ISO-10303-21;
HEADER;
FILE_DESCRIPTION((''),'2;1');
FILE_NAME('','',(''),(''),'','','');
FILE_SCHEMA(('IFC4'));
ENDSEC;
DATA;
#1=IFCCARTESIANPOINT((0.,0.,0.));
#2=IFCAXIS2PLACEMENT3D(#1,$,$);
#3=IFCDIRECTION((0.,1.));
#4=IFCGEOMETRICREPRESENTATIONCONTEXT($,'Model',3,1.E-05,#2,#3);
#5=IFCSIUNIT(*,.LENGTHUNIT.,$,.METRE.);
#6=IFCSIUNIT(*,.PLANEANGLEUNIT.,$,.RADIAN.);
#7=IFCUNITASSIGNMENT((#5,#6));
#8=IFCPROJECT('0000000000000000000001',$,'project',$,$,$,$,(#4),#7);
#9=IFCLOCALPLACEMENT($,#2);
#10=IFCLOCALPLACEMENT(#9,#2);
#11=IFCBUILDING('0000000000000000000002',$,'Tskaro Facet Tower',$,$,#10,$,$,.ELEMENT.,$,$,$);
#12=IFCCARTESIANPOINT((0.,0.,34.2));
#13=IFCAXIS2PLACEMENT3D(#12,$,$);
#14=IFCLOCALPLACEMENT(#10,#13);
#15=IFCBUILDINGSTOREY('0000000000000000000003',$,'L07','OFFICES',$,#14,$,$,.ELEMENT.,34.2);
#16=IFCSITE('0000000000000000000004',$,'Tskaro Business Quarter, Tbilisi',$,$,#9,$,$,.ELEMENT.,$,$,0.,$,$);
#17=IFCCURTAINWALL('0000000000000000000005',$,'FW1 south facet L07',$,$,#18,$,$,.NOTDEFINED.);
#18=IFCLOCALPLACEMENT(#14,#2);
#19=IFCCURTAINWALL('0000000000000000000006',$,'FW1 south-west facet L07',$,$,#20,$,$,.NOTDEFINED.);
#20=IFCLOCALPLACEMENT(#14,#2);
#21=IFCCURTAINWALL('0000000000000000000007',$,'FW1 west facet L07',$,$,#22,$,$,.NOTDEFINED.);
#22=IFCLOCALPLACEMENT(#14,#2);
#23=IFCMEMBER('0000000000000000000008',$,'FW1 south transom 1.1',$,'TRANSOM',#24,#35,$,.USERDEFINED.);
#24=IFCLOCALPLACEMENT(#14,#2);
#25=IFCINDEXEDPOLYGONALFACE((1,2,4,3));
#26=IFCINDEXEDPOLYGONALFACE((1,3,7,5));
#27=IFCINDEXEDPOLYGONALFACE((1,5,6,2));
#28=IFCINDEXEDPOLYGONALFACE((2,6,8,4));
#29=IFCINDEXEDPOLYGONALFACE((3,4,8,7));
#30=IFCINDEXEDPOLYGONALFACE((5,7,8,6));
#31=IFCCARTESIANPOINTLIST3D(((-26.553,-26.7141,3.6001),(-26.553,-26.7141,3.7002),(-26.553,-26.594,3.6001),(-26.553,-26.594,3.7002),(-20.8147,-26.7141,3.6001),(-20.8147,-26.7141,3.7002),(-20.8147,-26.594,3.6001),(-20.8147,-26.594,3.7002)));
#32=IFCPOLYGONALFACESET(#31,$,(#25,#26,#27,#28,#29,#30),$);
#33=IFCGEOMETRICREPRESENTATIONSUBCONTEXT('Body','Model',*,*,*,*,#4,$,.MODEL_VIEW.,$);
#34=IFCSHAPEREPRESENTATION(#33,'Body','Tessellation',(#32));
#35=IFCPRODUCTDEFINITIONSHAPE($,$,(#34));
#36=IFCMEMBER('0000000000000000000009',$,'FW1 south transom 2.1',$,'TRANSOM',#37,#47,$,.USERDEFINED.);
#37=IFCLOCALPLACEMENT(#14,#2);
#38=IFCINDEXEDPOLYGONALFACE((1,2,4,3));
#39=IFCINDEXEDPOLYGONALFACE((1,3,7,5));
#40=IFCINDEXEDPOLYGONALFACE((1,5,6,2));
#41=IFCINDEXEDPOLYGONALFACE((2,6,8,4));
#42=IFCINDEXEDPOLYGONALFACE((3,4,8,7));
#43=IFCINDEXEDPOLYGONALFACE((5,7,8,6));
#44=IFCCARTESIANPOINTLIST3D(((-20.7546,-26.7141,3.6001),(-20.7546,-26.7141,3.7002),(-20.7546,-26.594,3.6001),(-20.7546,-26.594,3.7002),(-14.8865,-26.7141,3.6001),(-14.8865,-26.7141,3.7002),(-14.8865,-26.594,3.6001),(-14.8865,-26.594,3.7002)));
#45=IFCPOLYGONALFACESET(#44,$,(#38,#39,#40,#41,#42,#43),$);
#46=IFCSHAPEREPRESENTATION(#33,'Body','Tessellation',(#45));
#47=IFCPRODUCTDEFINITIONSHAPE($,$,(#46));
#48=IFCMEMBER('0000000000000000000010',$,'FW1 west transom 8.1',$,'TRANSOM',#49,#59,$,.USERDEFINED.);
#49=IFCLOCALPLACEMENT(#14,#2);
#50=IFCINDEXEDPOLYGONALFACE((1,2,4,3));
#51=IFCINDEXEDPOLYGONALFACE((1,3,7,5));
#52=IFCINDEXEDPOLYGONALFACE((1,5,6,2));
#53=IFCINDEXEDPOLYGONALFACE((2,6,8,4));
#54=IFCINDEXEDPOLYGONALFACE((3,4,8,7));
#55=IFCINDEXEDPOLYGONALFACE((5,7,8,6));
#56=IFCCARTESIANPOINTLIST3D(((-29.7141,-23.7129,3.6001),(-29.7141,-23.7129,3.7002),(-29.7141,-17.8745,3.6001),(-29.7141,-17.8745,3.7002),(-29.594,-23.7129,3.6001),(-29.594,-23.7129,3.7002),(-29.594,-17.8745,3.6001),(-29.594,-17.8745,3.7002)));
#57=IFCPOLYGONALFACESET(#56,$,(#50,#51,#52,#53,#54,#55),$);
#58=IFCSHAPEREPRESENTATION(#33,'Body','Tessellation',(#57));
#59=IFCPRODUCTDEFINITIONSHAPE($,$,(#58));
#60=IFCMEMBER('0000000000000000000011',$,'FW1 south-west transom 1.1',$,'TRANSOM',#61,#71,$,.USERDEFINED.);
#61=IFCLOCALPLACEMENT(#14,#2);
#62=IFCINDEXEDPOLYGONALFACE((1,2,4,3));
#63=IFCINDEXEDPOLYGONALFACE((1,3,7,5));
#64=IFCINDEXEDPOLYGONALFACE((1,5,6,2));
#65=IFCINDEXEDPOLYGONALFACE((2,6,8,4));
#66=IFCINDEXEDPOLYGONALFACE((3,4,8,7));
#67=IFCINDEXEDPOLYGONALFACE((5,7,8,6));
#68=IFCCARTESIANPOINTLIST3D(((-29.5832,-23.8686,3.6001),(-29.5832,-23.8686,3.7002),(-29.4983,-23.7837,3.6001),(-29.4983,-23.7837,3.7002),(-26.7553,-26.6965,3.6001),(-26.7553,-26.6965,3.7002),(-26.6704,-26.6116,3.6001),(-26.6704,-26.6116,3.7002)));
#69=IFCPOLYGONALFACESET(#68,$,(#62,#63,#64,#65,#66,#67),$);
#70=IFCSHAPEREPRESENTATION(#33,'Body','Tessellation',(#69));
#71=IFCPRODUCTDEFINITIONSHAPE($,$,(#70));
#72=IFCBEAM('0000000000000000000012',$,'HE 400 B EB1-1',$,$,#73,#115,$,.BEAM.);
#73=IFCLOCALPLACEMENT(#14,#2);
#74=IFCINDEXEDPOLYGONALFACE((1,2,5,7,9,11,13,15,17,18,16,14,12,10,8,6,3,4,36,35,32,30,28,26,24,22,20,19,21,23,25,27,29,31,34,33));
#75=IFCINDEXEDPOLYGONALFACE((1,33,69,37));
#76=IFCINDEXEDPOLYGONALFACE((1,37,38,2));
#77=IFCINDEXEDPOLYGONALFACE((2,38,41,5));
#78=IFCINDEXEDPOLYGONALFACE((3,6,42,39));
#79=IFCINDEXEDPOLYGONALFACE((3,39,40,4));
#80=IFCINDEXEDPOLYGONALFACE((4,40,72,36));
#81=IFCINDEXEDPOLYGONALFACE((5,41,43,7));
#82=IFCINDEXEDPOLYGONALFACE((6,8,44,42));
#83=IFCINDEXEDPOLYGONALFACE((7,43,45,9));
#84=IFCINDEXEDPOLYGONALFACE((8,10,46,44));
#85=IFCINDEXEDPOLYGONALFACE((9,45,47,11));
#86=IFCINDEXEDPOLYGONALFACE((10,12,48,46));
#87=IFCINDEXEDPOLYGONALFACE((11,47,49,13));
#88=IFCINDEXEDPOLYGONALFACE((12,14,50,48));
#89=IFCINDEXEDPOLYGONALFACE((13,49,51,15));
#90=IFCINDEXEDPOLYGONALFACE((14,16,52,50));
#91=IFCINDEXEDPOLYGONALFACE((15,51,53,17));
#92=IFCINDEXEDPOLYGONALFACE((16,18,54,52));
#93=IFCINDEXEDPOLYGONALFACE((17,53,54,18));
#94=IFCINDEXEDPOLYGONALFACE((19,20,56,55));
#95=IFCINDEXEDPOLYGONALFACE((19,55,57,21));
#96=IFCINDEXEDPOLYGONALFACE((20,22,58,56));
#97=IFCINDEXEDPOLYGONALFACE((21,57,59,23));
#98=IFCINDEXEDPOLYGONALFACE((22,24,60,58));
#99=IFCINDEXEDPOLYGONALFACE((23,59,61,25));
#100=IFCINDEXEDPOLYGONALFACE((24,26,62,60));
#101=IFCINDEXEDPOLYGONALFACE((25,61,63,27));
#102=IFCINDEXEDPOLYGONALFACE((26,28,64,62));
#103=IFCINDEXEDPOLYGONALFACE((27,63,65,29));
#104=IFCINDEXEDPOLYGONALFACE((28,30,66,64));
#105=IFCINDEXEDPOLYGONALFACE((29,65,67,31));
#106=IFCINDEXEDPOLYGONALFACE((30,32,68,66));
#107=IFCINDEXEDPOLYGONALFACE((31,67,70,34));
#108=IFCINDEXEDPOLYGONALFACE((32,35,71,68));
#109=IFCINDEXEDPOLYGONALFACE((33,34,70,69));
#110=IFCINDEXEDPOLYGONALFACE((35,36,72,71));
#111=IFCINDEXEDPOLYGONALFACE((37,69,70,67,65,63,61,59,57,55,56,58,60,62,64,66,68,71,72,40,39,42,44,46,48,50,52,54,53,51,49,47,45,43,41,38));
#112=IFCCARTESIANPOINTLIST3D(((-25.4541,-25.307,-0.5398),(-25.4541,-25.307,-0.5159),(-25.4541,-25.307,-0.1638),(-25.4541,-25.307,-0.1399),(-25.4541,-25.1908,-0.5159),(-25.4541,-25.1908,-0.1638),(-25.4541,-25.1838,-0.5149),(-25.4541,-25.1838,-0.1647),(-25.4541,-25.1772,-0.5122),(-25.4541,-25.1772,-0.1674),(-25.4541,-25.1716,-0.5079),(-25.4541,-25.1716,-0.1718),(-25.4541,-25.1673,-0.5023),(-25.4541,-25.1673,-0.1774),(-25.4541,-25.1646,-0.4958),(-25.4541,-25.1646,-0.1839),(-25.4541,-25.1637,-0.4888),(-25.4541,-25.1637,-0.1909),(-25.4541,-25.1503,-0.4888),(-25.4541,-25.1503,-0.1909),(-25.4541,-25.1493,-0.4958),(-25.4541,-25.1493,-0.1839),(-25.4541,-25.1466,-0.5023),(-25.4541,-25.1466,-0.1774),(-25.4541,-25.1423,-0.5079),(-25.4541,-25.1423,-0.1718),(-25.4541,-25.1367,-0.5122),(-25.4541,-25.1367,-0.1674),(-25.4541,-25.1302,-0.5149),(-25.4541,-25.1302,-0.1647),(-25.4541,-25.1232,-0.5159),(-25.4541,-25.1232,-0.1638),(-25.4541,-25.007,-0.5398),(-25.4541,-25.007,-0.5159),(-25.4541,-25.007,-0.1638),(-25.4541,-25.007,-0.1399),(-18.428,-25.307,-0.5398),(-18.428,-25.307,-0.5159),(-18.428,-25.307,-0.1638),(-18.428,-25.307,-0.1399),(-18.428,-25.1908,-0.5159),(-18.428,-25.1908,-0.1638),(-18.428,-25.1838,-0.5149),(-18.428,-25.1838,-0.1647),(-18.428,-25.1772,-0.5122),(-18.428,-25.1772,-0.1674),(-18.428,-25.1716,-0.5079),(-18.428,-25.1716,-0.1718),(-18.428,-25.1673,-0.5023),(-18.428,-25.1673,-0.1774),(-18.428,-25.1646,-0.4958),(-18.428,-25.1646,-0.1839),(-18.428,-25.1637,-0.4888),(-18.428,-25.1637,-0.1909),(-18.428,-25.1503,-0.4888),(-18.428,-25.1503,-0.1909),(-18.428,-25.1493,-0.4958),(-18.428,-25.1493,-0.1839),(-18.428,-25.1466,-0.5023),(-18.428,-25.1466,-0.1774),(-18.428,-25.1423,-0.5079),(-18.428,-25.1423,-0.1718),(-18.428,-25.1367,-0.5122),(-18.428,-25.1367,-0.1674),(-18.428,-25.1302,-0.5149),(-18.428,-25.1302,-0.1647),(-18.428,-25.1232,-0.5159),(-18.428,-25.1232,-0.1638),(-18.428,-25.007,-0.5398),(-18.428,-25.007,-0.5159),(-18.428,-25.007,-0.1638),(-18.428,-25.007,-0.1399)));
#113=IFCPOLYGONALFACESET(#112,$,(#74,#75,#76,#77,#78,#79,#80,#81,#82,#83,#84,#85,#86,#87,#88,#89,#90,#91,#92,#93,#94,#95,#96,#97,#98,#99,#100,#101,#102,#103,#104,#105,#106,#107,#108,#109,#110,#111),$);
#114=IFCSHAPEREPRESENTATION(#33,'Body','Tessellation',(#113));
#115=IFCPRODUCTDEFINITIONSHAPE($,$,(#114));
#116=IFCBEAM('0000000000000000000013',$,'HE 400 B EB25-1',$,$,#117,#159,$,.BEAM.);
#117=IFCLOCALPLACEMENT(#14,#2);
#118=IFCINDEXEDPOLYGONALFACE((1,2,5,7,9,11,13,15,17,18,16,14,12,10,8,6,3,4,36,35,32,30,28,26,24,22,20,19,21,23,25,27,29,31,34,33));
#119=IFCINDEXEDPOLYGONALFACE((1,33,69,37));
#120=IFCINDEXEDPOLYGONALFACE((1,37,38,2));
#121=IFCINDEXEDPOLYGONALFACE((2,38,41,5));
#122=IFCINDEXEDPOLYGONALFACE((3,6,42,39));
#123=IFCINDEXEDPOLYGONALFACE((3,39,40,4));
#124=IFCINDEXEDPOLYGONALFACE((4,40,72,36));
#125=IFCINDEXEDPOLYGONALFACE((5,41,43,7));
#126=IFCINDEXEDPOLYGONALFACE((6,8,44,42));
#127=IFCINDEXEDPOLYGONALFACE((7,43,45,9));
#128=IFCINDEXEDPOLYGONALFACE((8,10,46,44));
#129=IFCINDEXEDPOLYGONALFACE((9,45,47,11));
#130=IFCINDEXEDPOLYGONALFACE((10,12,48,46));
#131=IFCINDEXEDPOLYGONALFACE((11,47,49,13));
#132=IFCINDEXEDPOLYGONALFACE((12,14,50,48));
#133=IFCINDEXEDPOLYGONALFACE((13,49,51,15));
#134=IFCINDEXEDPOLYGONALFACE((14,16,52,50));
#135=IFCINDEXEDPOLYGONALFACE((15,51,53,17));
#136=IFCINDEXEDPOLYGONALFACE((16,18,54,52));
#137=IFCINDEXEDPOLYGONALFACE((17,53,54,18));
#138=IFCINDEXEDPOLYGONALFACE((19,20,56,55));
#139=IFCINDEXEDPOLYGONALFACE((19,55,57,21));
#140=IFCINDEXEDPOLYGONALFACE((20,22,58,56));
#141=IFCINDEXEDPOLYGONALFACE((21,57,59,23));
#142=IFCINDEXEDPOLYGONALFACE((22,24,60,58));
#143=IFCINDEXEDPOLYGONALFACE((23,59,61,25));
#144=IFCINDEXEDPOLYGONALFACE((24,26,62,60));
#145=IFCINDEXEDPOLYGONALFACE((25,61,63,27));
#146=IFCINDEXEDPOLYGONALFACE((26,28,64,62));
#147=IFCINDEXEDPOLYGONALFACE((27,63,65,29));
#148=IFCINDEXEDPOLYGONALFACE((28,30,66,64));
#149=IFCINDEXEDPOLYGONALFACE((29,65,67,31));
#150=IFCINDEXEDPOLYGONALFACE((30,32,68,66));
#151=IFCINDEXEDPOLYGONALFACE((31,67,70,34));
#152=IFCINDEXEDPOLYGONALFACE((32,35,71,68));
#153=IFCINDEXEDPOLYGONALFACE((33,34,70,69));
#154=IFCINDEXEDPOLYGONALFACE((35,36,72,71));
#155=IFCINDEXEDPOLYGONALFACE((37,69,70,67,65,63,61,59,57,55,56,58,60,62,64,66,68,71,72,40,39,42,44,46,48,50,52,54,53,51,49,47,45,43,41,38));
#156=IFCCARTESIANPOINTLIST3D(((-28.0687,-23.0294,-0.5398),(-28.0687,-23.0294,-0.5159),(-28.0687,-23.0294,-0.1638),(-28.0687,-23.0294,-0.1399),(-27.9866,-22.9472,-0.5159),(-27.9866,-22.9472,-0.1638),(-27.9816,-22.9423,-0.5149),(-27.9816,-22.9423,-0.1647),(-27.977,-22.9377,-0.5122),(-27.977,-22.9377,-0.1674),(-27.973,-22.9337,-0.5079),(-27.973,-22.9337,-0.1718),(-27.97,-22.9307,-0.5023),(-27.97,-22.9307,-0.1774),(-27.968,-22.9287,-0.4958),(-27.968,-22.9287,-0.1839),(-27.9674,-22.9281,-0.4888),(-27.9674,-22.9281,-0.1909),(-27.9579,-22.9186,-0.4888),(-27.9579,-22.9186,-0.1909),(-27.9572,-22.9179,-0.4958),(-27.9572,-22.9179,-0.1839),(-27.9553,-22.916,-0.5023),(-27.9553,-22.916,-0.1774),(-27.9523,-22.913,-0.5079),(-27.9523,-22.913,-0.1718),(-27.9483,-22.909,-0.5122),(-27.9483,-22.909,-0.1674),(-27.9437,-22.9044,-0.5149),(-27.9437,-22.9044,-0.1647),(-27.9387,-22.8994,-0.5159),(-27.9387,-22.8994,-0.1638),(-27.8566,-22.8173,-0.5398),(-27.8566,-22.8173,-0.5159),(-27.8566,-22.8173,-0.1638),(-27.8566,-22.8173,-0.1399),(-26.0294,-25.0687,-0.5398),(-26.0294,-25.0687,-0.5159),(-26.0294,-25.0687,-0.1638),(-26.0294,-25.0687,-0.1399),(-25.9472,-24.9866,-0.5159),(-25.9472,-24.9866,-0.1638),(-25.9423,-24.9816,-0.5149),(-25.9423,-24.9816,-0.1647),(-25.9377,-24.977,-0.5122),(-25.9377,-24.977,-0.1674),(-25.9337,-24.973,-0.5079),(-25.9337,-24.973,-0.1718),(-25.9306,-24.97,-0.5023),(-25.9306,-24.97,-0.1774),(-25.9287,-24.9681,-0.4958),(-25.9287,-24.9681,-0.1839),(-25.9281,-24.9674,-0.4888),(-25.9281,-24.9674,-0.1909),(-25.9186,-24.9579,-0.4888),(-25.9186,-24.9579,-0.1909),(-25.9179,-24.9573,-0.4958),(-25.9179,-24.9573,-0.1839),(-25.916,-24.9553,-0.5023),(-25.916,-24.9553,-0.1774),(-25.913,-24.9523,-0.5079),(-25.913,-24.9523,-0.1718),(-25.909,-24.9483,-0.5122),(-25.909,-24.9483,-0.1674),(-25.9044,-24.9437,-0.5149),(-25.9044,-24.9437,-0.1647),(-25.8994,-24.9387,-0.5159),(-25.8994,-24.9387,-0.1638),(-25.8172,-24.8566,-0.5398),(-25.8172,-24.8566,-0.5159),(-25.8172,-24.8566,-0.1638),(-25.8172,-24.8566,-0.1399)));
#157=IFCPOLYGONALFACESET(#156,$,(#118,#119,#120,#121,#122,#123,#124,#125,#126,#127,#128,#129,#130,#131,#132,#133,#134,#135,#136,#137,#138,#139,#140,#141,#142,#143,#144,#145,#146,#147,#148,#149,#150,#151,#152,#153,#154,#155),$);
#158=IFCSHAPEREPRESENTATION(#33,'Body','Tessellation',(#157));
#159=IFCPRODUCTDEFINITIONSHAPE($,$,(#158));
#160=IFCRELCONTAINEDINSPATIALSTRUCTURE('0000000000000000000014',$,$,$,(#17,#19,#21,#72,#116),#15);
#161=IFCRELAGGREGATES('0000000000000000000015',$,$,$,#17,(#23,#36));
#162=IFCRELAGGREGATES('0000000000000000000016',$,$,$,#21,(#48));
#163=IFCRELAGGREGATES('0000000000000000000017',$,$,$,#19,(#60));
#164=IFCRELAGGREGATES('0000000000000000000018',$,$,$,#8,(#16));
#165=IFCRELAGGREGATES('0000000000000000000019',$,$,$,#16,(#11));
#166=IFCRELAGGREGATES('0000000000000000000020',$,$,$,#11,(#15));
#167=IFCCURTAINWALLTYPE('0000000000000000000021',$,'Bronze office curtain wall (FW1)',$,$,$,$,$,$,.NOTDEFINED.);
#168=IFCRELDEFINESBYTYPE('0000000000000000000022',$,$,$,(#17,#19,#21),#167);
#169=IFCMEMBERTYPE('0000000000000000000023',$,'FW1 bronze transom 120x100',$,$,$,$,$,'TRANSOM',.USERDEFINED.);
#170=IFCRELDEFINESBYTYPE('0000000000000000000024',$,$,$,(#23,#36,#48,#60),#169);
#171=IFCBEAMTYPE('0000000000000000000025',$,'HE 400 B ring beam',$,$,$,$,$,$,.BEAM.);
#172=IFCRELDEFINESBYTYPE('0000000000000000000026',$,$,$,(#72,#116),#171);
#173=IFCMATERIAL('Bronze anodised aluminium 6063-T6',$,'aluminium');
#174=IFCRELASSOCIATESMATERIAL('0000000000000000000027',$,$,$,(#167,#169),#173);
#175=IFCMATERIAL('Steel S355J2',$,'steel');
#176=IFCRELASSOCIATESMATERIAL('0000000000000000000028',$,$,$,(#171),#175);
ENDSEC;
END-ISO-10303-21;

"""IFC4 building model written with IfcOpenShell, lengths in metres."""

from ifc_helpers import new_model, si_unit, direction, frame, origin, origin_2d, place, context, subcontext, project, spatial, rectangle, i_section, extrude, material, material_profile, profile_set, type_object, element, aggregate, save


model = new_model("IFC4")

# Units and contexts
model_context = context("Model", 3, precision=1e-05, world=origin(), true_north=direction((0.0, 1.0)))
body_context = subcontext(model_context, "Body", "Model", "MODEL_VIEW")
ifc_project = project(units=[si_unit("LENGTHUNIT", "METRE"), si_unit("PLANEANGLEUNIT", "RADIAN")], contexts=[model_context])

# Site, building, storey
site_placement = place(None, origin())
site = spatial("IfcSite", under=ifc_project, at=site_placement, Name="Tskaro Business Quarter, Tbilisi", CompositionType="ELEMENT", RefElevation=0.0)
building_placement = place(site_placement, origin())
building = spatial("IfcBuilding", under=site, at=building_placement, Name="Tskaro Facet Tower", CompositionType="ELEMENT")
storey_placement = place(building_placement, frame((0.0, 0.0, 34.2)))
storey = spatial("IfcBuildingStorey", under=building, at=storey_placement, Name="L07", Description="OFFICES", CompositionType="ELEMENT", Elevation=34.2)

# Curtain walls
ifc_material_1 = material(Name="Bronze anodised aluminium 6063-T6", Category="aluminium")
curtain_wall_type = type_object("IfcCurtainWallType", Name="Bronze office curtain wall (FW1)", PredefinedType="NOTDEFINED", material=ifc_material_1)
curtain_wall_1_placement = place(storey_placement, origin())
curtain_wall_1 = element("IfcCurtainWall", 1, at=curtain_wall_1_placement, inside=storey, type_object=curtain_wall_type, Name="FW1 south facet L07", PredefinedType="NOTDEFINED")
curtain_wall_2_placement = place(storey_placement, origin())
curtain_wall_2 = element("IfcCurtainWall", 2, at=curtain_wall_2_placement, inside=storey, type_object=curtain_wall_type, Name="FW1 south-west facet L07", PredefinedType="NOTDEFINED")

# Curtain wall
curtain_wall_3_placement = place(storey_placement, origin())
curtain_wall_3 = element("IfcCurtainWall", 3, at=curtain_wall_3_placement, inside=storey, type_object=curtain_wall_type, Name="FW1 west facet L07", PredefinedType="NOTDEFINED")

# Members
ifc_material_profile_1 = material_profile(ifc_material_1, rectangle(XDim=0.1201, YDim=0.1001, at=origin_2d()), Name="Transom 120x100")
ifc_profile_set_1 = profile_set([ifc_material_profile_1], Name="Bronze anodised aluminium 6063-T6")
member_type_1 = type_object("IfcMemberType", Name="FW1 bronze transom 120x100", ElementType="TRANSOM", PredefinedType="USERDEFINED", material=ifc_profile_set_1)
member_1_placement = place(storey_placement, frame((-26.553, -26.6541, 3.6501), z_axis=(1.0, 0.0, 0.0), x_axis=(0.0, 1.0, 0.0)))
member_1 = element("IfcMember", 4, at=member_1_placement, type_object=member_type_1, Name="FW1 south transom 1.1", ObjectType="TRANSOM", PredefinedType="USERDEFINED", context=body_context, shape_type="SweptSolid", body=[
    extrude(rectangle(XDim=0.1201, YDim=0.1001, at=origin_2d()), origin(), (0.0, 0.0, 1.0), 5.7383),
])
member_2_placement = place(storey_placement, frame((-20.7546, -26.6541, 3.6501), z_axis=(1.0, 0.0, 0.0), x_axis=(0.0, 1.0, 0.0)))
member_2 = element("IfcMember", 5, at=member_2_placement, type_object=member_type_1, Name="FW1 south transom 2.1", ObjectType="TRANSOM", PredefinedType="USERDEFINED", context=body_context, shape_type="SweptSolid", body=[
    extrude(rectangle(XDim=0.1201, YDim=0.1001, at=origin_2d()), origin(), (0.0, 0.0, 1.0), 5.8682),
])
member_3_placement = place(storey_placement, frame((-29.6541, -17.8745, 3.6501), z_axis=(0.0, -1.0, 0.0), x_axis=(1.0, 0.0, 0.0)))
member_3 = element("IfcMember", 6, at=member_3_placement, type_object=member_type_1, Name="FW1 west transom 8.1", ObjectType="TRANSOM", PredefinedType="USERDEFINED", context=body_context, shape_type="SweptSolid", body=[
    extrude(rectangle(XDim=0.1201, YDim=0.1001, at=origin_2d()), origin(), (0.0, 0.0, 1.0), 5.8384),
])
member_4_placement = place(storey_placement, frame((-29.5408, -23.8262, 3.6501), z_axis=(0.707107, -0.707107, 0.0), x_axis=(0.707107, 0.707107, 0.0)))
member_4 = element("IfcMember", 7, at=member_4_placement, type_object=member_type_1, Name="FW1 south-west transom 1.1", ObjectType="TRANSOM", PredefinedType="USERDEFINED", context=body_context, shape_type="SweptSolid", body=[
    extrude(rectangle(XDim=0.1201, YDim=0.1001, at=origin_2d()), origin(), (0.0, 0.0, 1.0), 3.9993),
])

# Beams
ifc_material_2 = material(Name="Steel S355J2", Category="steel")
ifc_material_profile_2 = material_profile(ifc_material_2, i_section(OverallWidth=0.3, OverallDepth=0.3999, WebThickness=0.0134, FlangeThickness=0.0239, FilletRadius=0.0271, at=origin_2d()), Name="HE 400 B")
ifc_profile_set_2 = profile_set([ifc_material_profile_2], Name="Steel S355J2")
beam_type_1 = type_object("IfcBeamType", Name="HE 400 B ring beam", PredefinedType="BEAM", material=ifc_profile_set_2)
beam_1_placement = place(storey_placement, frame((-25.4541, -25.157, -0.3398), z_axis=(1.0, 0.0, 0.0), x_axis=(0.0, 1.0, 0.0)))
element("IfcBeam", 8, at=beam_1_placement, inside=storey, type_object=beam_type_1, Name="HE 400 B EB1-1", PredefinedType="BEAM", context=body_context, shape_type="SweptSolid", body=[
    extrude(i_section(OverallWidth=0.3, OverallDepth=0.3999, WebThickness=0.0134, FlangeThickness=0.0239, FilletRadius=0.0271, at=origin_2d()), origin(), (0.0, 0.0, 1.0), 7.0261),
])
beam_2_placement = place(storey_placement, frame((-27.9626, -22.9233, -0.3398), z_axis=(0.707107, -0.707107, 0.0), x_axis=(0.707107, 0.707107, 0.0)))
element("IfcBeam", 9, at=beam_2_placement, inside=storey, type_object=beam_type_1, Name="HE 400 B EB25-1", PredefinedType="BEAM", context=body_context, shape_type="SweptSolid", body=[
    extrude(i_section(OverallWidth=0.3, OverallDepth=0.3999, WebThickness=0.0134, FlangeThickness=0.0239, FilletRadius=0.0271, at=origin_2d()), origin(), (0.0, 0.0, 1.0), 2.884),
])

aggregate(curtain_wall_1, [member_1, member_2])
aggregate(curtain_wall_3, [member_3])
aggregate(curtain_wall_2, [member_4])

save(model, "model.ifc")
